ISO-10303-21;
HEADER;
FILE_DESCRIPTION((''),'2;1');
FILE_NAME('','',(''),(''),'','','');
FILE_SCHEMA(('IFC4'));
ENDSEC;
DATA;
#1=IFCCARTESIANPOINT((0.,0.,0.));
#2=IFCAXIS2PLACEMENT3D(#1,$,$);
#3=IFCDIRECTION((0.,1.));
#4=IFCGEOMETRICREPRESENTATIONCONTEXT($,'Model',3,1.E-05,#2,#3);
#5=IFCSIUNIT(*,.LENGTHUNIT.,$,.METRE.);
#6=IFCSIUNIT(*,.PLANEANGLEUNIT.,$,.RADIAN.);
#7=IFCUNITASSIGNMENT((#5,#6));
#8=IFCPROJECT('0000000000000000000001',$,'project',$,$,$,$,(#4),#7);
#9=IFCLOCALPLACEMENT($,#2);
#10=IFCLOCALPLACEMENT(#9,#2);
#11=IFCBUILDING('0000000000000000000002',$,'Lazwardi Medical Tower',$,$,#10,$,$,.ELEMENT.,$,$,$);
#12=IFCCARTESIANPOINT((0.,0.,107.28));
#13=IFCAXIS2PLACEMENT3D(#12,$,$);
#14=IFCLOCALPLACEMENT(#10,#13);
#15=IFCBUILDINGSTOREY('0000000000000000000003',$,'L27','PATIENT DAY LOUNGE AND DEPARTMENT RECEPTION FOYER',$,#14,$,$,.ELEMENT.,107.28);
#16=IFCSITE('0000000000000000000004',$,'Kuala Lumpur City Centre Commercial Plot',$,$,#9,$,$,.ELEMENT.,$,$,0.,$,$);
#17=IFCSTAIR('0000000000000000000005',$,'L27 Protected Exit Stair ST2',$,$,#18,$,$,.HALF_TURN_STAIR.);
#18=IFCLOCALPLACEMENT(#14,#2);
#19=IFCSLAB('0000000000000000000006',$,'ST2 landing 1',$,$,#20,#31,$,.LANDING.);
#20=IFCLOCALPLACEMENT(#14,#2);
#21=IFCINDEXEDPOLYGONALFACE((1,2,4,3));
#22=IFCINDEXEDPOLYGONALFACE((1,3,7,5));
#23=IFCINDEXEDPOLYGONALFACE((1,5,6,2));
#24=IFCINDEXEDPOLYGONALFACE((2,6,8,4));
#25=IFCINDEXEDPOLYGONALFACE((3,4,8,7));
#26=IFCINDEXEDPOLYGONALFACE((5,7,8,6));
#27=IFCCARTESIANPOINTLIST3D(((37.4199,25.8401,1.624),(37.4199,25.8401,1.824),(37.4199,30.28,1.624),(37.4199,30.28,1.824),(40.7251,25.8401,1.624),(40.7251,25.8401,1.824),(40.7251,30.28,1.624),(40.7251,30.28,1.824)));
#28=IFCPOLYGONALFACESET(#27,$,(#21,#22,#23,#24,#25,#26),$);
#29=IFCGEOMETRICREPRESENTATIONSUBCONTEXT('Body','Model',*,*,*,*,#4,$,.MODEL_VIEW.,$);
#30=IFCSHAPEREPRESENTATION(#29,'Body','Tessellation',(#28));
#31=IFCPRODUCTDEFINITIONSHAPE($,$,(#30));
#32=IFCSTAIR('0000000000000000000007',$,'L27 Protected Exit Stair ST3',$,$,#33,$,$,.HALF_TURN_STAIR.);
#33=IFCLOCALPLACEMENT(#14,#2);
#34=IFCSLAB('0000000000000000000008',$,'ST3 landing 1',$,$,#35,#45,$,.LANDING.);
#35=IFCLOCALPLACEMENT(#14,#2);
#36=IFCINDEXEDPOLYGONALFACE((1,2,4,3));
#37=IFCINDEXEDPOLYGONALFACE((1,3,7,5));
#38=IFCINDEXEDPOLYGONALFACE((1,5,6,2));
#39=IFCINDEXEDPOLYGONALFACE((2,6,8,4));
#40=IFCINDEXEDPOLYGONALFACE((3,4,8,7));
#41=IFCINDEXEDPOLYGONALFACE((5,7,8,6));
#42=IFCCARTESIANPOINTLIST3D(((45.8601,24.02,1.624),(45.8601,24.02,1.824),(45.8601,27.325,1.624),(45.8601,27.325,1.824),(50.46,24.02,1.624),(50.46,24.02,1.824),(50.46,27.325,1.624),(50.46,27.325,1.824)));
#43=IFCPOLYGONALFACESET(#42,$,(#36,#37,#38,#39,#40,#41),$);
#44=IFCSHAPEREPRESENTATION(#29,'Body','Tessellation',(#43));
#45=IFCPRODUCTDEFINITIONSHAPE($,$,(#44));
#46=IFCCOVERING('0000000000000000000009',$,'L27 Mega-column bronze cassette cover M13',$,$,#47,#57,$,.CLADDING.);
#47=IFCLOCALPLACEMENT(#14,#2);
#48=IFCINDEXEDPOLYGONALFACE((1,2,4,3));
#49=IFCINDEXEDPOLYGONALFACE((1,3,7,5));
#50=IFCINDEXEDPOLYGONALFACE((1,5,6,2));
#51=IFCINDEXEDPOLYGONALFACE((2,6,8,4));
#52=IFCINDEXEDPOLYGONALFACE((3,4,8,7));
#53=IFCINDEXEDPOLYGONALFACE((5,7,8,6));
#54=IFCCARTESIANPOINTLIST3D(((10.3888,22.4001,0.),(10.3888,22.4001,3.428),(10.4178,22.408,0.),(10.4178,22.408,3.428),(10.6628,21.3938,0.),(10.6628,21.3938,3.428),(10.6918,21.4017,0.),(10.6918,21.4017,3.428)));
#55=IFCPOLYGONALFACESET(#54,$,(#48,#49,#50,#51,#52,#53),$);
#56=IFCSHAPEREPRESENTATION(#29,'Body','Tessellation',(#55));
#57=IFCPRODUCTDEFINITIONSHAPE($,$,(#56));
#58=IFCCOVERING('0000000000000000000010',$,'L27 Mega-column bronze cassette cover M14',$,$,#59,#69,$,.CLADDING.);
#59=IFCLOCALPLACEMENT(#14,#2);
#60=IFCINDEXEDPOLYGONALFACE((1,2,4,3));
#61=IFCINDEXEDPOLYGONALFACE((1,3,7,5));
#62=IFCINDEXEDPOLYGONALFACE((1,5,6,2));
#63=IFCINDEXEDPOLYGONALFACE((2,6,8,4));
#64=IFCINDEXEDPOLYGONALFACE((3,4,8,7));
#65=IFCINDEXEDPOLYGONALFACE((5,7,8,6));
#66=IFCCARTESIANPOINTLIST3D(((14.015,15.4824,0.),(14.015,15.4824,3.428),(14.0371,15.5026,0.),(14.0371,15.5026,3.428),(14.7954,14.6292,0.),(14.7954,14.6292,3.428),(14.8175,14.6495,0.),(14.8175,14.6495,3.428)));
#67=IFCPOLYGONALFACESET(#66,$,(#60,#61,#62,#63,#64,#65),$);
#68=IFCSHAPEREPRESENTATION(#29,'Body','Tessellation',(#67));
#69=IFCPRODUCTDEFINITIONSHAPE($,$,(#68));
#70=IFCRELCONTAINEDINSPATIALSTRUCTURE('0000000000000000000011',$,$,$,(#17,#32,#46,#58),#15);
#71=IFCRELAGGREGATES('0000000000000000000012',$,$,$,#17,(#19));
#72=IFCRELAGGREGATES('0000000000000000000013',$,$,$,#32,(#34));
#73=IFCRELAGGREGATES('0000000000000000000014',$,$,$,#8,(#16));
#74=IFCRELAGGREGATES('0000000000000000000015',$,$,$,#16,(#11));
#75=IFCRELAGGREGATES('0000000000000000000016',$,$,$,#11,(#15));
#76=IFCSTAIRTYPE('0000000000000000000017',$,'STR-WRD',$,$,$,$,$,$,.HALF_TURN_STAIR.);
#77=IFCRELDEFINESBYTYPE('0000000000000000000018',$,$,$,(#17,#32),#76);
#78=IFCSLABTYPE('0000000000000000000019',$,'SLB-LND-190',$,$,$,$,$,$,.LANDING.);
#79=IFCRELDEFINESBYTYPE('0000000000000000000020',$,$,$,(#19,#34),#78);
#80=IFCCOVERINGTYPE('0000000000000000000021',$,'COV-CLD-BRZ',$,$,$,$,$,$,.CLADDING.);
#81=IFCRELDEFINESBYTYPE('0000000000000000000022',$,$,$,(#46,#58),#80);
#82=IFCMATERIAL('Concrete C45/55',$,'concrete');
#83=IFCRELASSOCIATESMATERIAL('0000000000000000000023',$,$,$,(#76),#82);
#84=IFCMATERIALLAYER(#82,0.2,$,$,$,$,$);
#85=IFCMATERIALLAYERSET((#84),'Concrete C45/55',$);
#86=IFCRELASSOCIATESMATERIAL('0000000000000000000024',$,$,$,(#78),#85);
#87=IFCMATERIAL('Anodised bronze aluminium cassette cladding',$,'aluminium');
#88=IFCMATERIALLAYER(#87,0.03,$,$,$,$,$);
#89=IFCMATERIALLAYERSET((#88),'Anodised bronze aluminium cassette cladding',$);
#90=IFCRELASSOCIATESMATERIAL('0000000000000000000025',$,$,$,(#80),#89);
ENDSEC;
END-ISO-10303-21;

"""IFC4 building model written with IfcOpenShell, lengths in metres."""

from ifc_helpers import new_model, si_unit, direction, frame, origin, origin_2d, place, context, subcontext, project, spatial, polyline, rectangle, outline, extrude, material, layer, layer_set, type_object, element, aggregate, save


model = new_model("IFC4")

# Units and contexts
model_context = context("Model", 3, precision=1e-05, world=origin(), true_north=direction((0.0, 1.0)))
body_context = subcontext(model_context, "Body", "Model", "MODEL_VIEW")
ifc_project = project(units=[si_unit("LENGTHUNIT", "METRE"), si_unit("PLANEANGLEUNIT", "RADIAN")], contexts=[model_context])

# Site, building, storey
site_placement = place(None, origin())
site = spatial("IfcSite", under=ifc_project, at=site_placement, Name="Kuala Lumpur City Centre Commercial Plot", CompositionType="ELEMENT", RefElevation=0.0)
building_placement = place(site_placement, origin())
building = spatial("IfcBuilding", under=site, at=building_placement, Name="Lazwardi Medical Tower", CompositionType="ELEMENT")
storey_placement = place(building_placement, frame((0.0, 0.0, 107.28)))
storey = spatial("IfcBuildingStorey", under=building, at=storey_placement, Name="L27", Description="PATIENT DAY LOUNGE AND DEPARTMENT RECEPTION FOYER", CompositionType="ELEMENT", Elevation=107.28)

# Stairs, slabs
ifc_material_1 = material(Name="Concrete C45/55", Category="concrete")
stair_type = type_object("IfcStairType", Name="STR-WRD", PredefinedType="HALF_TURN_STAIR", material=ifc_material_1)
stair_1_placement = place(storey_placement, origin())
stair_1 = element("IfcStair", 1, at=stair_1_placement, inside=storey, type_object=stair_type, Name="L27 Protected Exit Stair ST2", PredefinedType="HALF_TURN_STAIR")
ifc_layer_1 = layer(ifc_material_1, 0.2)
ifc_layer_set_1 = layer_set([ifc_layer_1], Name="Concrete C45/55")
slab_type = type_object("IfcSlabType", Name="SLB-LND-190", PredefinedType="LANDING", material=ifc_layer_set_1)
slab_1_placement = place(storey_placement, frame((0.0, 0.0, 1.624)))
slab_1 = element("IfcSlab", 2, at=slab_1_placement, type_object=slab_type, Name="ST2 landing 1", PredefinedType="LANDING", context=body_context, shape_type="SweptSolid", body=[
    extrude(outline(polyline([(40.7251, 30.28), (37.4199, 30.28), (37.4199, 25.8401), (40.7251, 25.8401), (40.7251, 30.28)])), origin(), (0.0, 0.0, 1.0), 0.2),
])
aggregate(stair_1, [slab_1])
stair_2_placement = place(storey_placement, origin())
stair_2 = element("IfcStair", 3, at=stair_2_placement, inside=storey, type_object=stair_type, Name="L27 Protected Exit Stair ST3", PredefinedType="HALF_TURN_STAIR")
slab_2_placement = place(storey_placement, frame((0.0, 0.0, 1.624)))
slab_2 = element("IfcSlab", 4, at=slab_2_placement, type_object=slab_type, Name="ST3 landing 1", PredefinedType="LANDING", context=body_context, shape_type="SweptSolid", body=[
    extrude(outline(polyline([(45.8601, 27.325), (45.8601, 24.02), (50.46, 24.02), (50.46, 27.325), (45.8601, 27.325)])), origin(), (0.0, 0.0, 1.0), 0.2),
])
aggregate(stair_2, [slab_2])

# Coverings
ifc_material_2 = material(Name="Anodised bronze aluminium cassette cladding", Category="aluminium")
ifc_layer_2 = layer(ifc_material_2, 0.03)
ifc_layer_set_2 = layer_set([ifc_layer_2], Name="Anodised bronze aluminium cassette cladding")
covering_type = type_object("IfcCoveringType", Name="COV-CLD-BRZ", PredefinedType="CLADDING", material=ifc_layer_set_2)
covering_1_placement = place(storey_placement, frame((10.5403, 21.9009, 0.0), z_axis=(0.0, 0.0, 1.0), x_axis=(0.262696, -0.964879, 0.0)))
element("IfcCovering", 5, at=covering_1_placement, inside=storey, type_object=covering_type, Name="L27 Mega-column bronze cassette cover M13", PredefinedType="CLADDING", context=body_context, shape_type="SweptSolid", body=[
    extrude(rectangle(XDim=1.043, YDim=0.03, at=origin_2d()), origin(), (0.0, 0.0, 1.0), 3.428),
])
covering_2_placement = place(storey_placement, frame((14.4163, 15.0659, 0.0), z_axis=(0.0, 0.0, 1.0), x_axis=(0.674926, -0.737885, 0.0)))
element("IfcCovering", 6, at=covering_2_placement, inside=storey, type_object=covering_type, Name="L27 Mega-column bronze cassette cover M14", PredefinedType="CLADDING", context=body_context, shape_type="SweptSolid", body=[
    extrude(rectangle(XDim=1.1562, YDim=0.03, at=origin_2d()), origin(), (0.0, 0.0, 1.0), 3.428),
])

save(model, "model.ifc")
